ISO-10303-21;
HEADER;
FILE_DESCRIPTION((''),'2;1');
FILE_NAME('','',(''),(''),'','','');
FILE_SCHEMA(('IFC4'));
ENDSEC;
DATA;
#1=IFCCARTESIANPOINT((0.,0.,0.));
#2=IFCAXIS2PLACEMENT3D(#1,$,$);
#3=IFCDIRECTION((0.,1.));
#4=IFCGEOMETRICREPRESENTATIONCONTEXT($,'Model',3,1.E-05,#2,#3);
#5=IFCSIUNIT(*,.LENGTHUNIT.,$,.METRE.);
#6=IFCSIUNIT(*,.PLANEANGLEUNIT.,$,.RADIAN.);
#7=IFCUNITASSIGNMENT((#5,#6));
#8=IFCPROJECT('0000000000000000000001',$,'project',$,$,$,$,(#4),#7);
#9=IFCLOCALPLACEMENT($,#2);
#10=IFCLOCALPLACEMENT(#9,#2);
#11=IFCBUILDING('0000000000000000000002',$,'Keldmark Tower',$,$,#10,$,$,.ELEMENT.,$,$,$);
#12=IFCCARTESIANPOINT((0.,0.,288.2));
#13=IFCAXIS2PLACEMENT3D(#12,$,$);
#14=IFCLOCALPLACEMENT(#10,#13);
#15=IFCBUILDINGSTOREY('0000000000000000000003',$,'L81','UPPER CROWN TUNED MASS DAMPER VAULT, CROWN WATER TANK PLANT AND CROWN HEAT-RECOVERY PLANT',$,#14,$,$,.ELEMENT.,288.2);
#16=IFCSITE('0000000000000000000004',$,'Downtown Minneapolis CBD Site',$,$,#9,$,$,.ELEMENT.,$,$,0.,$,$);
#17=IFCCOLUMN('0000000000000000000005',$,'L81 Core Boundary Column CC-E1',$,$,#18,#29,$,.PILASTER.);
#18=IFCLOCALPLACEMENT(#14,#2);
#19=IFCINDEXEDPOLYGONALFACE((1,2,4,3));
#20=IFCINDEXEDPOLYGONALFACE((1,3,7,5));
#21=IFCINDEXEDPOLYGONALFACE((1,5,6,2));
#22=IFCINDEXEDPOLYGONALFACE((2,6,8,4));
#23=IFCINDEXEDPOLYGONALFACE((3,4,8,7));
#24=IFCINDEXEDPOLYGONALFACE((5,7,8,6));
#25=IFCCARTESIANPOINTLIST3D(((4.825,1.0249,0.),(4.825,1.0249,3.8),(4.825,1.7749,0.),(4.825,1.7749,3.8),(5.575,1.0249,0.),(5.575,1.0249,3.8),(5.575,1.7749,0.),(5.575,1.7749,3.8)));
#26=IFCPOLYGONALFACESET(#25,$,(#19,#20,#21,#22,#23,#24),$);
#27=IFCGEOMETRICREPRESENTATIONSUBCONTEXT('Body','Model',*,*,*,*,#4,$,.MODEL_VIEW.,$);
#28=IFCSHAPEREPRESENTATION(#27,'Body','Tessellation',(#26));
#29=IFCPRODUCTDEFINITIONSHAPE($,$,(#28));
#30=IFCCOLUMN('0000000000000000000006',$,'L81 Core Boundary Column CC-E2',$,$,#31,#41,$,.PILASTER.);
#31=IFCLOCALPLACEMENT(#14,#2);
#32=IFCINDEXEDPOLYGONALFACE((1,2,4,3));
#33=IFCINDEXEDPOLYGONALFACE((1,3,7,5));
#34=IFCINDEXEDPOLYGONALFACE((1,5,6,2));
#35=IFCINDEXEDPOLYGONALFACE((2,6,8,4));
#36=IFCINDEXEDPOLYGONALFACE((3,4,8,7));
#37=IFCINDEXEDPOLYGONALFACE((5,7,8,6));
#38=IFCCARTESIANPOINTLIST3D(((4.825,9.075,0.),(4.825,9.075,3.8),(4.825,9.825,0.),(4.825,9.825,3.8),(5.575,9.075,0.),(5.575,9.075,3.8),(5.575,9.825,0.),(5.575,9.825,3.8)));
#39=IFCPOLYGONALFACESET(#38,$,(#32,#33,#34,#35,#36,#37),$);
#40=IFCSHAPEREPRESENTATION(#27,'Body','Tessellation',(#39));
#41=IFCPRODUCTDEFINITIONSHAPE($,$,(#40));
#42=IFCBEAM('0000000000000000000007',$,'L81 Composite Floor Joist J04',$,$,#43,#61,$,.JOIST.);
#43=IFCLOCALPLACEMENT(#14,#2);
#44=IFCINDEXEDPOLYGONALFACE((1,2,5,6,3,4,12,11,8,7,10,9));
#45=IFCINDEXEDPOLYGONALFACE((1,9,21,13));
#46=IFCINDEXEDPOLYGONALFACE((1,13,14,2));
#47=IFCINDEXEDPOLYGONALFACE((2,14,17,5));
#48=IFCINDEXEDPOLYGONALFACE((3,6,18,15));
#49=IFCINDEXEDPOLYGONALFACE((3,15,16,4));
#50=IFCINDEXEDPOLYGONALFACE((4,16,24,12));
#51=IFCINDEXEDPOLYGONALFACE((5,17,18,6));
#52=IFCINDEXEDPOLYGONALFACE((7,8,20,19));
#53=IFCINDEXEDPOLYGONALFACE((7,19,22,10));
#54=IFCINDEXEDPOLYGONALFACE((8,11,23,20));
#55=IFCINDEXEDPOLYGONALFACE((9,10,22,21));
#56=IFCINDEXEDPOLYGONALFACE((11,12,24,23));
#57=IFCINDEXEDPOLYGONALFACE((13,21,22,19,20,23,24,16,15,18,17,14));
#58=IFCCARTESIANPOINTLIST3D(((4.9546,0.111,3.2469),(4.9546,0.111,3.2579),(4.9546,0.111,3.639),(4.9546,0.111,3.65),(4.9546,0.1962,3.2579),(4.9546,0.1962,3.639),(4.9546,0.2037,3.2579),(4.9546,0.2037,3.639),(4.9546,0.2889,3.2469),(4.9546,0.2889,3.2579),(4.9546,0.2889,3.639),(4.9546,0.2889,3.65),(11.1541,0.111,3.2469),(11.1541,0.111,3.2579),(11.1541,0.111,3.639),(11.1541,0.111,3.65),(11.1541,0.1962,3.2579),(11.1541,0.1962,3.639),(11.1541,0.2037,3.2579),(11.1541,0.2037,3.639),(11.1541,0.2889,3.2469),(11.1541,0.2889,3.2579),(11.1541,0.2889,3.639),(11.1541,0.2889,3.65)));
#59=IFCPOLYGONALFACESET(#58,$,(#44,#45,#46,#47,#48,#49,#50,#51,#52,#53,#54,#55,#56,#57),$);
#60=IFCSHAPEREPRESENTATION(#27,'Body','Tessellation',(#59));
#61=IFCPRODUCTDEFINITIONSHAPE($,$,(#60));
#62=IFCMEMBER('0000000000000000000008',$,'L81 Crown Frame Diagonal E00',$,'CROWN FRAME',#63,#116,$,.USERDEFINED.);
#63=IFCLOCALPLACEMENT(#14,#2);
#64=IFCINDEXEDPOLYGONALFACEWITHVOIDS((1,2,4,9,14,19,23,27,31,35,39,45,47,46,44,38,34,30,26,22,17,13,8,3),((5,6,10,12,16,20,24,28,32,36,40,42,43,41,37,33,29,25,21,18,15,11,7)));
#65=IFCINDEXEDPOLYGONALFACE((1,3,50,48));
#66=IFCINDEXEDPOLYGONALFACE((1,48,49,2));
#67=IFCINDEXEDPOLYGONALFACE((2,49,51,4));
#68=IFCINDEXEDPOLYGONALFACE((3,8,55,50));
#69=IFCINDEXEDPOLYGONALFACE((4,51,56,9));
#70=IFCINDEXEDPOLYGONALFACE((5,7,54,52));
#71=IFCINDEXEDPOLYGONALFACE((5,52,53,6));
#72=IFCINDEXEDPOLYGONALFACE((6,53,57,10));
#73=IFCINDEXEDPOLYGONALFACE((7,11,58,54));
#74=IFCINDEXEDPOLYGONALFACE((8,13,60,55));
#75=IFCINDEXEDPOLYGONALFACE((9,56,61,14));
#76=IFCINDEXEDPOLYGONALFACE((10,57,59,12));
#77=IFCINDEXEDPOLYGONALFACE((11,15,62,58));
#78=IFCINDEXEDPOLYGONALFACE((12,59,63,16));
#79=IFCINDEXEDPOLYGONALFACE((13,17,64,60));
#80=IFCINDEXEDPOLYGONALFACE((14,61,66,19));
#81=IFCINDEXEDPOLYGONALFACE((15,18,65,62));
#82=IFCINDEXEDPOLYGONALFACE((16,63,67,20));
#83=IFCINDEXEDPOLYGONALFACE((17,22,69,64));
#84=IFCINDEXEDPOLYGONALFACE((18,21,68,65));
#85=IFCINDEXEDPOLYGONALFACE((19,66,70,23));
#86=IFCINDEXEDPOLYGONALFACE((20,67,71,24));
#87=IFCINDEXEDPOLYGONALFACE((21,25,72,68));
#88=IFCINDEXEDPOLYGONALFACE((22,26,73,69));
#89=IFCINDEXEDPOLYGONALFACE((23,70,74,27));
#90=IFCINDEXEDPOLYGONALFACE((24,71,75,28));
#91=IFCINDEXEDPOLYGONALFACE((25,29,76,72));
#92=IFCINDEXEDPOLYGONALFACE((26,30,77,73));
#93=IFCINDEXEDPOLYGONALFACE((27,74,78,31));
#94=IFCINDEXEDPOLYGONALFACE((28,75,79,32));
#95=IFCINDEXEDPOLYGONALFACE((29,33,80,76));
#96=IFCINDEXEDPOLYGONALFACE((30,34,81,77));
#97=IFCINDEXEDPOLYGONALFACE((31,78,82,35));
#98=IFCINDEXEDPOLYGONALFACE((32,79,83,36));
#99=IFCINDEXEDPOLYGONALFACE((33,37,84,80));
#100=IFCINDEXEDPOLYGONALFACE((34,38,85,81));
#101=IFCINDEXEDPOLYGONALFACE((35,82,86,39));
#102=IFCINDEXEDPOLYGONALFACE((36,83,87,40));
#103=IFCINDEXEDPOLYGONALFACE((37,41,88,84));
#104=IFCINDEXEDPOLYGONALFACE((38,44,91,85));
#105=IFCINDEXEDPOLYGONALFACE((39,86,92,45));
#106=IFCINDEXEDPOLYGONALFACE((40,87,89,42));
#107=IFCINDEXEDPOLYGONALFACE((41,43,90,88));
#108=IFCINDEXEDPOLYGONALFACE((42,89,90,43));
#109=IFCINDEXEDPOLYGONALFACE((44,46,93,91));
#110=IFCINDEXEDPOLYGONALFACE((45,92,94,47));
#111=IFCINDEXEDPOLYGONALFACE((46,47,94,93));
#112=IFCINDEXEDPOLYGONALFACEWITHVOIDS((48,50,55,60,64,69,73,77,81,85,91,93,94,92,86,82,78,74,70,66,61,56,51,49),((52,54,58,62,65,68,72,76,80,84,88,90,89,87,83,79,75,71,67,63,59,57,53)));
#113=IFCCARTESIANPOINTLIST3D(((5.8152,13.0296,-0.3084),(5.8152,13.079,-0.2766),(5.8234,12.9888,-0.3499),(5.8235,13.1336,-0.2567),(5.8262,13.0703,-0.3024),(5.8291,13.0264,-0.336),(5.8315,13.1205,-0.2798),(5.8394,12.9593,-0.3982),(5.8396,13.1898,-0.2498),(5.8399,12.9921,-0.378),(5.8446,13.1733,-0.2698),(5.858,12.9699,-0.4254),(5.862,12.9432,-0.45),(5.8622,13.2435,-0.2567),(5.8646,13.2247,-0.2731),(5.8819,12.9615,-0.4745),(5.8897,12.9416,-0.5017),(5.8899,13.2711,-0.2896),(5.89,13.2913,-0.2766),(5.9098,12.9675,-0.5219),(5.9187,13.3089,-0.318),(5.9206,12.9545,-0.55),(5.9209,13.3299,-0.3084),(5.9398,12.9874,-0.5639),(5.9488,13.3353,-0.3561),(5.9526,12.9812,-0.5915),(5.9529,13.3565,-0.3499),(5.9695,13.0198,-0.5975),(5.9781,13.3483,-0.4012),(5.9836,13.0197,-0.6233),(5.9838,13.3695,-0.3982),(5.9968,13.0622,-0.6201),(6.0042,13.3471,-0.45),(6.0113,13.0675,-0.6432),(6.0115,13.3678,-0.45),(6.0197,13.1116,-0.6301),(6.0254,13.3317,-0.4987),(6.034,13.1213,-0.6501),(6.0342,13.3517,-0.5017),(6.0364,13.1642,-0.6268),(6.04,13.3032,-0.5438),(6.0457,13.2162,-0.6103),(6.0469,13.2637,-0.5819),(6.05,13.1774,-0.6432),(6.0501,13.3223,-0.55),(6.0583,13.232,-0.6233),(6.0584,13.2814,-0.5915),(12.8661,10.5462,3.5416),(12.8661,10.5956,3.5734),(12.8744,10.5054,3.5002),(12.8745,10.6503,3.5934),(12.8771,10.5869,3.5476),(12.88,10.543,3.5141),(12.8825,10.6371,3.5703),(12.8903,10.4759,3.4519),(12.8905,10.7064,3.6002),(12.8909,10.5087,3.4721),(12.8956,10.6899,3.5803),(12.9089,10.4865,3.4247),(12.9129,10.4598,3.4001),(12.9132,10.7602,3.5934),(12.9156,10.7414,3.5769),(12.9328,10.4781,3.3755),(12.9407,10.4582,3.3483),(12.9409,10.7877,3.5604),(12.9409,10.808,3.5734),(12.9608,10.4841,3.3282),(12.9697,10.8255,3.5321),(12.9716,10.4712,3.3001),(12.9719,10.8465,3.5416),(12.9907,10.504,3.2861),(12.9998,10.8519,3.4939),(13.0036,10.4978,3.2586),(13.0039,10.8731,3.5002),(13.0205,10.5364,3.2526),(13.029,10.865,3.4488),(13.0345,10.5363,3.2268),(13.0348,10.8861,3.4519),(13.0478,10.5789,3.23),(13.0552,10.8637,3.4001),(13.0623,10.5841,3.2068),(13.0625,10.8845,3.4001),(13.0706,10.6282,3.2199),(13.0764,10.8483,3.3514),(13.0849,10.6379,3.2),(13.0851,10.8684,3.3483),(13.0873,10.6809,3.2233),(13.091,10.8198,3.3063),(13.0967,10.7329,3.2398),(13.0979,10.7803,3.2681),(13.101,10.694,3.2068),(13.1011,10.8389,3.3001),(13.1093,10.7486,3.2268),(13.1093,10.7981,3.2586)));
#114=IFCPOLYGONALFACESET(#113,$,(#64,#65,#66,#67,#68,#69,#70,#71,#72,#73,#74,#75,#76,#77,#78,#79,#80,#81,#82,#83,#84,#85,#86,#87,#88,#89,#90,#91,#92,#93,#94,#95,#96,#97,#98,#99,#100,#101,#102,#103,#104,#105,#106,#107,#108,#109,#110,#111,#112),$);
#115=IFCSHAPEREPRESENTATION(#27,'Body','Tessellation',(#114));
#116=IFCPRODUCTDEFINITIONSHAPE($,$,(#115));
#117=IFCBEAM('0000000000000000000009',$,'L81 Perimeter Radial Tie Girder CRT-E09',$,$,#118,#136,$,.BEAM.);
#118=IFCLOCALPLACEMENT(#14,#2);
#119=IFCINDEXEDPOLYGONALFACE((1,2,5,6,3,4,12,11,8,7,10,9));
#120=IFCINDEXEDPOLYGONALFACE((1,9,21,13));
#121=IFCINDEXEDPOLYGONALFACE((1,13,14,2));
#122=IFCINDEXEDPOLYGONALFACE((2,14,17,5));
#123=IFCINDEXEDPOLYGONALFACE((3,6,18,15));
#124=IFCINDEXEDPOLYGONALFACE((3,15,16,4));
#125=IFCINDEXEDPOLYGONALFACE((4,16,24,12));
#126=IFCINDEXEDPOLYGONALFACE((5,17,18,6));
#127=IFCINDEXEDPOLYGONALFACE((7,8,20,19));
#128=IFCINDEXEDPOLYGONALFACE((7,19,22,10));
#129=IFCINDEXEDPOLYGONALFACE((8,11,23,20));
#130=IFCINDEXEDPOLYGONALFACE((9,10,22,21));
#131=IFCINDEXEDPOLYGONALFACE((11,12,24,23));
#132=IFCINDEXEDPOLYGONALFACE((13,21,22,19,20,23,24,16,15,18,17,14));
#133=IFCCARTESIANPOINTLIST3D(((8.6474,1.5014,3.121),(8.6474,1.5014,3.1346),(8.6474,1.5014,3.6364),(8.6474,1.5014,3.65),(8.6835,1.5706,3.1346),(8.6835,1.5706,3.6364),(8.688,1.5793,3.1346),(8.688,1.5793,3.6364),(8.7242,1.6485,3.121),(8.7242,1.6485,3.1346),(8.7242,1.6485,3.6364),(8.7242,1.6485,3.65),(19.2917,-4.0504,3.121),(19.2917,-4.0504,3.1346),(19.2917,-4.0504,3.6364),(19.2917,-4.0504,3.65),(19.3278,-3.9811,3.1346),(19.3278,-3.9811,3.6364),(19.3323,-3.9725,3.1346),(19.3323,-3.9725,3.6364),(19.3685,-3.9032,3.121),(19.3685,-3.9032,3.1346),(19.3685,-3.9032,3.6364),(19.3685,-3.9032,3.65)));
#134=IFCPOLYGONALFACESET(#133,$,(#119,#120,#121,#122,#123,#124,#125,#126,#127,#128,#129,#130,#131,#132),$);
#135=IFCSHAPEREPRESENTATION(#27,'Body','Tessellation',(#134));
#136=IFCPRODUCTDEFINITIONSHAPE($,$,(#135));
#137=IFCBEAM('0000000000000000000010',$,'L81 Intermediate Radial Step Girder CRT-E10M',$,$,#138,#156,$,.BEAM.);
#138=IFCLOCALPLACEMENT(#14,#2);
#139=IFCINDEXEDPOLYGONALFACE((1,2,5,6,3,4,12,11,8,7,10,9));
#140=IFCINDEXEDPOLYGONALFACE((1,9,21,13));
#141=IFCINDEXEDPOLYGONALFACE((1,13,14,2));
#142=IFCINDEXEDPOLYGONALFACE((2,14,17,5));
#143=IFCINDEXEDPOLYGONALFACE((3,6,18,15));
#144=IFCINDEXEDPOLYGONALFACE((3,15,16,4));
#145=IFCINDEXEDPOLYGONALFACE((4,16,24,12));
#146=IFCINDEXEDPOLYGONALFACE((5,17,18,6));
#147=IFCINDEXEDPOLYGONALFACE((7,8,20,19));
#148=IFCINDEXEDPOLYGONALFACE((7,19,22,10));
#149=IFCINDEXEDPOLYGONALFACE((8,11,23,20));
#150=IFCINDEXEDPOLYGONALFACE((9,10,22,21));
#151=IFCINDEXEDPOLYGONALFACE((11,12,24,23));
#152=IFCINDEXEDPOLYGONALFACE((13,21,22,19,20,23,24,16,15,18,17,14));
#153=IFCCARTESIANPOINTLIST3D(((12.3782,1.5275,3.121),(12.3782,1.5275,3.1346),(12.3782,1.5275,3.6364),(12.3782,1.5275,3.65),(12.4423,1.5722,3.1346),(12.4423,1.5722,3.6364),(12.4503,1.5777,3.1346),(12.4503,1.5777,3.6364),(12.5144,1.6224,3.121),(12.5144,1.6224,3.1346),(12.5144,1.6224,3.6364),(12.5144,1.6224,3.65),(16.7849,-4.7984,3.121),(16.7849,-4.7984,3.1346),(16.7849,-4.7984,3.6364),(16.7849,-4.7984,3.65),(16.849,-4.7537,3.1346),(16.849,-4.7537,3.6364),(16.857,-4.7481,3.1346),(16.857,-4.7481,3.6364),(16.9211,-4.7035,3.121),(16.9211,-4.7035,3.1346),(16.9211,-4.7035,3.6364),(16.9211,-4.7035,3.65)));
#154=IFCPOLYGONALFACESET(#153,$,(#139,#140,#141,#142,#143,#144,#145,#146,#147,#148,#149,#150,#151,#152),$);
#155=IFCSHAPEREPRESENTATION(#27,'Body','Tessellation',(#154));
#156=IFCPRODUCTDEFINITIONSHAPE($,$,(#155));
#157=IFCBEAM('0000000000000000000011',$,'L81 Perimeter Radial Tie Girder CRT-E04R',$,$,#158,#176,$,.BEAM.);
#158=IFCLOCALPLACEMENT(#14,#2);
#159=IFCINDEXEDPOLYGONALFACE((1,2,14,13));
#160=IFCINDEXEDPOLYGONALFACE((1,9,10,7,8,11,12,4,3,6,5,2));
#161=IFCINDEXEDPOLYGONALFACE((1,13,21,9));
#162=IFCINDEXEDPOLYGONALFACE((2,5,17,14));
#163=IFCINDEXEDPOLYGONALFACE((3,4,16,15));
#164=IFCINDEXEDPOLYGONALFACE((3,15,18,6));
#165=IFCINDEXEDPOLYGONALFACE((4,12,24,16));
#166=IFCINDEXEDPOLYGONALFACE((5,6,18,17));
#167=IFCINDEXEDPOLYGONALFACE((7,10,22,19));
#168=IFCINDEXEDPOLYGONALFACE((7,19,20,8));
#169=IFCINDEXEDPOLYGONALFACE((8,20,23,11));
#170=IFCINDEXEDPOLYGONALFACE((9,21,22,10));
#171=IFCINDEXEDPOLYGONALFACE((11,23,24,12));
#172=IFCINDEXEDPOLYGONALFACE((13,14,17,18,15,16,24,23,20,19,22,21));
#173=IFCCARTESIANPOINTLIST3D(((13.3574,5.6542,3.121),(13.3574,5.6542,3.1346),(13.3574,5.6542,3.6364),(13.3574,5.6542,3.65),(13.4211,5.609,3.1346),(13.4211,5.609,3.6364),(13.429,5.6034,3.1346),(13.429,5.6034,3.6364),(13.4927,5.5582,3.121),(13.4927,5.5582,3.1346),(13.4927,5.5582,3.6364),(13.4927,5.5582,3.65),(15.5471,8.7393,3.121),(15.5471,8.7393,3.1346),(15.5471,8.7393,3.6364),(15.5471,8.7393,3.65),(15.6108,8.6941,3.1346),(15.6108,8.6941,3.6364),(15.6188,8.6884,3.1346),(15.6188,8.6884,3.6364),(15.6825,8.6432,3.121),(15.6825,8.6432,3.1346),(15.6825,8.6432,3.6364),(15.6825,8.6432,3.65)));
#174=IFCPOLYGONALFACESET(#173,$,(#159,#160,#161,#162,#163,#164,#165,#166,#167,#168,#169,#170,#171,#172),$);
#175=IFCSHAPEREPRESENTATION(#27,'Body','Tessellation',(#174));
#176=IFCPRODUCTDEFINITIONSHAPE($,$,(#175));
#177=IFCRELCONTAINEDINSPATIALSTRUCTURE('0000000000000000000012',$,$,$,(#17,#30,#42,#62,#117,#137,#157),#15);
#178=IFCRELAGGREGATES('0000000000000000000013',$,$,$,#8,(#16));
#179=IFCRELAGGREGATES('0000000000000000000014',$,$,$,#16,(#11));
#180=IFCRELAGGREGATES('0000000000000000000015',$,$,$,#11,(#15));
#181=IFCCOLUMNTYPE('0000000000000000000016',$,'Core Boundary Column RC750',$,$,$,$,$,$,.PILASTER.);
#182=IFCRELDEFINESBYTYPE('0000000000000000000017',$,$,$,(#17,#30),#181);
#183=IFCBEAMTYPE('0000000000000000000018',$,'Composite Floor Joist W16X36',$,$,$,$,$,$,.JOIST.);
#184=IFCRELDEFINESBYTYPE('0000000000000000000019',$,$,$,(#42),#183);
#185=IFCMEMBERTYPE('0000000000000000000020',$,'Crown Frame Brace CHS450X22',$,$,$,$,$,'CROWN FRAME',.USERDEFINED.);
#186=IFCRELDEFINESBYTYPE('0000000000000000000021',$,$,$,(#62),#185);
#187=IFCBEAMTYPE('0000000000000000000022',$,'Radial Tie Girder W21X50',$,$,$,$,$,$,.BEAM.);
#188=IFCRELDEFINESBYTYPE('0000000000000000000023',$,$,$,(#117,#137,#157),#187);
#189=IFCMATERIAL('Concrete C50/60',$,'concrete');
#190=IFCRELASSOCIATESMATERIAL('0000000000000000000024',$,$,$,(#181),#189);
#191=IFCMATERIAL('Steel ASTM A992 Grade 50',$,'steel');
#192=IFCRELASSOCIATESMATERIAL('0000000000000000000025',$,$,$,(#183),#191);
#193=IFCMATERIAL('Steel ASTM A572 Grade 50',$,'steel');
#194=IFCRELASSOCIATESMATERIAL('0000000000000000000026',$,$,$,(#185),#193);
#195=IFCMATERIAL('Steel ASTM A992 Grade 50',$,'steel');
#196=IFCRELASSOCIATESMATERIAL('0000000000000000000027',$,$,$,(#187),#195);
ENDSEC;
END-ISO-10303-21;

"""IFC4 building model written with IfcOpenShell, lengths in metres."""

from ifc_helpers import new_model, si_unit, direction, frame, origin, origin_2d, place, context, subcontext, project, spatial, rectangle, hollow_circle, i_section, extrude, material, material_profile, profile_set, type_object, element, save


model = new_model("IFC4")

# Units and contexts
model_context = context("Model", 3, precision=1e-05, world=origin(), true_north=direction((0.0, 1.0)))
body_context = subcontext(model_context, "Body", "Model", "MODEL_VIEW")
ifc_project = project(units=[si_unit("LENGTHUNIT", "METRE"), si_unit("PLANEANGLEUNIT", "RADIAN")], contexts=[model_context])

# Site, building, storey
site_placement = place(None, origin())
site = spatial("IfcSite", under=ifc_project, at=site_placement, Name="Downtown Minneapolis CBD Site", CompositionType="ELEMENT", RefElevation=0.0)
building_placement = place(site_placement, origin())
building = spatial("IfcBuilding", under=site, at=building_placement, Name="Keldmark Tower", CompositionType="ELEMENT")
storey_placement = place(building_placement, frame((0.0, 0.0, 288.2)))
storey = spatial("IfcBuildingStorey", under=building, at=storey_placement, Name="L81", Description="UPPER CROWN TUNED MASS DAMPER VAULT, CROWN WATER TANK PLANT AND CROWN HEAT-RECOVERY PLANT", CompositionType="ELEMENT", Elevation=288.2)

# Columns
ifc_material_1 = material(Name="Concrete C50/60", Category="concrete")
ifc_material_profile_1 = material_profile(ifc_material_1, rectangle(XDim=0.75, YDim=0.75, at=origin_2d()), Name="RC750X750")
ifc_profile_set_1 = profile_set([ifc_material_profile_1], Name="Concrete C50/60")
column_type = type_object("IfcColumnType", Name="Core Boundary Column RC750", PredefinedType="PILASTER", material=ifc_profile_set_1)
for number, where, z_axis, x_axis, name in (
    (1, (5.2, 1.3999, 0.0), (0.0, 0.0, 1.0), (1.0, 0.0, 0.0), "L81 Core Boundary Column CC-E1"),
    (2, (5.2, 9.45, 0.0), (0.0, 0.0, 1.0), (1.0, 0.0, 0.0), "L81 Core Boundary Column CC-E2"),
):
    element("IfcColumn", number, at=place(storey_placement, frame(where, z_axis=z_axis, x_axis=x_axis)), inside=storey, type_object=column_type, Name=name, PredefinedType="PILASTER", context=body_context, shape_type="SweptSolid", body=[
        extrude(rectangle(XDim=0.75, YDim=0.75, at=origin_2d()), origin(), (0.0, 0.0, 1.0), 3.8),
    ])

# Beam
ifc_material_2 = material(Name="Steel ASTM A992 Grade 50", Category="steel")
ifc_material_profile_2 = material_profile(ifc_material_2, i_section(OverallWidth=0.178, OverallDepth=0.4031, WebThickness=0.0076, FlangeThickness=0.011, at=origin_2d()), Name="W16X36")
ifc_profile_set_2 = profile_set([ifc_material_profile_2], Name="Steel ASTM A992 Grade 50")
beam_type_1 = type_object("IfcBeamType", Name="Composite Floor Joist W16X36", PredefinedType="JOIST", material=ifc_profile_set_2)
beam_1_placement = place(storey_placement, frame((4.9546, 0.2, 3.4485), z_axis=(1.0, 0.0, 0.0), x_axis=(0.0, 1.0, 0.0)))
element("IfcBeam", 3, at=beam_1_placement, inside=storey, type_object=beam_type_1, Name="L81 Composite Floor Joist J04", PredefinedType="JOIST", context=body_context, shape_type="SweptSolid", body=[
    extrude(i_section(OverallWidth=0.178, OverallDepth=0.4031, WebThickness=0.0076, FlangeThickness=0.011, at=origin_2d()), origin(), (0.0, 0.0, 1.0), 6.1995),
])

# Member
ifc_material_3 = material(Name="Steel ASTM A572 Grade 50", Category="steel")
ifc_material_profile_3 = material_profile(ifc_material_3, hollow_circle(Radius=0.2251, WallThickness=0.022, at=origin_2d()), Name="CHS450X22")
ifc_profile_set_3 = profile_set([ifc_material_profile_3], Name="Steel ASTM A572 Grade 50")
member_type = type_object("IfcMemberType", Name="Crown Frame Brace CHS450X22", ElementType="CROWN FRAME", PredefinedType="USERDEFINED", material=ifc_profile_set_3)
member_placement = place(storey_placement, frame((5.9368, 13.1555, -0.45), z_axis=(0.838532, -0.295334, 0.457867), x_axis=(0.332202, 0.943208, 0.0)))
element("IfcMember", 4, at=member_placement, inside=storey, type_object=member_type, Name="L81 Crown Frame Diagonal E00", ObjectType="CROWN FRAME", PredefinedType="USERDEFINED", context=body_context, shape_type="SweptSolid", body=[
    extrude(hollow_circle(Radius=0.2251, WallThickness=0.022, at=origin_2d()), origin(), (0.0, 0.0, 1.0), 8.4087),
])

# Beams
ifc_material_4 = material(Name="Steel ASTM A992 Grade 50", Category="steel")
ifc_material_profile_4 = material_profile(ifc_material_4, i_section(OverallWidth=0.166, OverallDepth=0.5291, WebThickness=0.0098, FlangeThickness=0.0137, at=origin_2d()), Name="W21X50")
ifc_profile_set_4 = profile_set([ifc_material_profile_4], Name="Steel ASTM A992 Grade 50")
beam_type_2 = type_object("IfcBeamType", Name="Radial Tie Girder W21X50", PredefinedType="BEAM", material=ifc_profile_set_4)
beam_2_placement = place(storey_placement, frame((8.6858, 1.575, 3.3855), z_axis=(0.886646, -0.462449, 0.0), x_axis=(0.462449, 0.886646, 0.0)))
element("IfcBeam", 5, at=beam_2_placement, inside=storey, type_object=beam_type_2, Name="L81 Perimeter Radial Tie Girder CRT-E09", PredefinedType="BEAM", context=body_context, shape_type="SweptSolid", body=[
    extrude(i_section(OverallWidth=0.166, OverallDepth=0.5291, WebThickness=0.0098, FlangeThickness=0.0137, at=origin_2d()), origin(), (0.0, 0.0, 1.0), 12.0051),
])
beam_3_placement = place(storey_placement, frame((12.4463, 1.575, 3.3855), z_axis=(0.571597, -0.820535, 0.0), x_axis=(0.820535, 0.571597, 0.0)))
element("IfcBeam", 6, at=beam_3_placement, inside=storey, type_object=beam_type_2, Name="L81 Intermediate Radial Step Girder CRT-E10M", PredefinedType="BEAM", context=body_context, shape_type="SweptSolid", body=[
    extrude(i_section(OverallWidth=0.166, OverallDepth=0.5291, WebThickness=0.0098, FlangeThickness=0.0137, at=origin_2d()), origin(), (0.0, 0.0, 1.0), 7.7095),
])
beam_4_placement = place(storey_placement, frame((13.425, 5.6062, 3.3855), z_axis=(0.578812, 0.815461, 0.0), x_axis=(-0.815461, 0.578812, 0.0)))
element("IfcBeam", 7, at=beam_4_placement, inside=storey, type_object=beam_type_2, Name="L81 Perimeter Radial Tie Girder CRT-E04R", PredefinedType="BEAM", context=body_context, shape_type="SweptSolid", body=[
    extrude(i_section(OverallWidth=0.166, OverallDepth=0.5291, WebThickness=0.0098, FlangeThickness=0.0137, at=origin_2d()), origin(), (0.0, 0.0, 1.0), 3.7832),
])

save(model, "model.ifc")
